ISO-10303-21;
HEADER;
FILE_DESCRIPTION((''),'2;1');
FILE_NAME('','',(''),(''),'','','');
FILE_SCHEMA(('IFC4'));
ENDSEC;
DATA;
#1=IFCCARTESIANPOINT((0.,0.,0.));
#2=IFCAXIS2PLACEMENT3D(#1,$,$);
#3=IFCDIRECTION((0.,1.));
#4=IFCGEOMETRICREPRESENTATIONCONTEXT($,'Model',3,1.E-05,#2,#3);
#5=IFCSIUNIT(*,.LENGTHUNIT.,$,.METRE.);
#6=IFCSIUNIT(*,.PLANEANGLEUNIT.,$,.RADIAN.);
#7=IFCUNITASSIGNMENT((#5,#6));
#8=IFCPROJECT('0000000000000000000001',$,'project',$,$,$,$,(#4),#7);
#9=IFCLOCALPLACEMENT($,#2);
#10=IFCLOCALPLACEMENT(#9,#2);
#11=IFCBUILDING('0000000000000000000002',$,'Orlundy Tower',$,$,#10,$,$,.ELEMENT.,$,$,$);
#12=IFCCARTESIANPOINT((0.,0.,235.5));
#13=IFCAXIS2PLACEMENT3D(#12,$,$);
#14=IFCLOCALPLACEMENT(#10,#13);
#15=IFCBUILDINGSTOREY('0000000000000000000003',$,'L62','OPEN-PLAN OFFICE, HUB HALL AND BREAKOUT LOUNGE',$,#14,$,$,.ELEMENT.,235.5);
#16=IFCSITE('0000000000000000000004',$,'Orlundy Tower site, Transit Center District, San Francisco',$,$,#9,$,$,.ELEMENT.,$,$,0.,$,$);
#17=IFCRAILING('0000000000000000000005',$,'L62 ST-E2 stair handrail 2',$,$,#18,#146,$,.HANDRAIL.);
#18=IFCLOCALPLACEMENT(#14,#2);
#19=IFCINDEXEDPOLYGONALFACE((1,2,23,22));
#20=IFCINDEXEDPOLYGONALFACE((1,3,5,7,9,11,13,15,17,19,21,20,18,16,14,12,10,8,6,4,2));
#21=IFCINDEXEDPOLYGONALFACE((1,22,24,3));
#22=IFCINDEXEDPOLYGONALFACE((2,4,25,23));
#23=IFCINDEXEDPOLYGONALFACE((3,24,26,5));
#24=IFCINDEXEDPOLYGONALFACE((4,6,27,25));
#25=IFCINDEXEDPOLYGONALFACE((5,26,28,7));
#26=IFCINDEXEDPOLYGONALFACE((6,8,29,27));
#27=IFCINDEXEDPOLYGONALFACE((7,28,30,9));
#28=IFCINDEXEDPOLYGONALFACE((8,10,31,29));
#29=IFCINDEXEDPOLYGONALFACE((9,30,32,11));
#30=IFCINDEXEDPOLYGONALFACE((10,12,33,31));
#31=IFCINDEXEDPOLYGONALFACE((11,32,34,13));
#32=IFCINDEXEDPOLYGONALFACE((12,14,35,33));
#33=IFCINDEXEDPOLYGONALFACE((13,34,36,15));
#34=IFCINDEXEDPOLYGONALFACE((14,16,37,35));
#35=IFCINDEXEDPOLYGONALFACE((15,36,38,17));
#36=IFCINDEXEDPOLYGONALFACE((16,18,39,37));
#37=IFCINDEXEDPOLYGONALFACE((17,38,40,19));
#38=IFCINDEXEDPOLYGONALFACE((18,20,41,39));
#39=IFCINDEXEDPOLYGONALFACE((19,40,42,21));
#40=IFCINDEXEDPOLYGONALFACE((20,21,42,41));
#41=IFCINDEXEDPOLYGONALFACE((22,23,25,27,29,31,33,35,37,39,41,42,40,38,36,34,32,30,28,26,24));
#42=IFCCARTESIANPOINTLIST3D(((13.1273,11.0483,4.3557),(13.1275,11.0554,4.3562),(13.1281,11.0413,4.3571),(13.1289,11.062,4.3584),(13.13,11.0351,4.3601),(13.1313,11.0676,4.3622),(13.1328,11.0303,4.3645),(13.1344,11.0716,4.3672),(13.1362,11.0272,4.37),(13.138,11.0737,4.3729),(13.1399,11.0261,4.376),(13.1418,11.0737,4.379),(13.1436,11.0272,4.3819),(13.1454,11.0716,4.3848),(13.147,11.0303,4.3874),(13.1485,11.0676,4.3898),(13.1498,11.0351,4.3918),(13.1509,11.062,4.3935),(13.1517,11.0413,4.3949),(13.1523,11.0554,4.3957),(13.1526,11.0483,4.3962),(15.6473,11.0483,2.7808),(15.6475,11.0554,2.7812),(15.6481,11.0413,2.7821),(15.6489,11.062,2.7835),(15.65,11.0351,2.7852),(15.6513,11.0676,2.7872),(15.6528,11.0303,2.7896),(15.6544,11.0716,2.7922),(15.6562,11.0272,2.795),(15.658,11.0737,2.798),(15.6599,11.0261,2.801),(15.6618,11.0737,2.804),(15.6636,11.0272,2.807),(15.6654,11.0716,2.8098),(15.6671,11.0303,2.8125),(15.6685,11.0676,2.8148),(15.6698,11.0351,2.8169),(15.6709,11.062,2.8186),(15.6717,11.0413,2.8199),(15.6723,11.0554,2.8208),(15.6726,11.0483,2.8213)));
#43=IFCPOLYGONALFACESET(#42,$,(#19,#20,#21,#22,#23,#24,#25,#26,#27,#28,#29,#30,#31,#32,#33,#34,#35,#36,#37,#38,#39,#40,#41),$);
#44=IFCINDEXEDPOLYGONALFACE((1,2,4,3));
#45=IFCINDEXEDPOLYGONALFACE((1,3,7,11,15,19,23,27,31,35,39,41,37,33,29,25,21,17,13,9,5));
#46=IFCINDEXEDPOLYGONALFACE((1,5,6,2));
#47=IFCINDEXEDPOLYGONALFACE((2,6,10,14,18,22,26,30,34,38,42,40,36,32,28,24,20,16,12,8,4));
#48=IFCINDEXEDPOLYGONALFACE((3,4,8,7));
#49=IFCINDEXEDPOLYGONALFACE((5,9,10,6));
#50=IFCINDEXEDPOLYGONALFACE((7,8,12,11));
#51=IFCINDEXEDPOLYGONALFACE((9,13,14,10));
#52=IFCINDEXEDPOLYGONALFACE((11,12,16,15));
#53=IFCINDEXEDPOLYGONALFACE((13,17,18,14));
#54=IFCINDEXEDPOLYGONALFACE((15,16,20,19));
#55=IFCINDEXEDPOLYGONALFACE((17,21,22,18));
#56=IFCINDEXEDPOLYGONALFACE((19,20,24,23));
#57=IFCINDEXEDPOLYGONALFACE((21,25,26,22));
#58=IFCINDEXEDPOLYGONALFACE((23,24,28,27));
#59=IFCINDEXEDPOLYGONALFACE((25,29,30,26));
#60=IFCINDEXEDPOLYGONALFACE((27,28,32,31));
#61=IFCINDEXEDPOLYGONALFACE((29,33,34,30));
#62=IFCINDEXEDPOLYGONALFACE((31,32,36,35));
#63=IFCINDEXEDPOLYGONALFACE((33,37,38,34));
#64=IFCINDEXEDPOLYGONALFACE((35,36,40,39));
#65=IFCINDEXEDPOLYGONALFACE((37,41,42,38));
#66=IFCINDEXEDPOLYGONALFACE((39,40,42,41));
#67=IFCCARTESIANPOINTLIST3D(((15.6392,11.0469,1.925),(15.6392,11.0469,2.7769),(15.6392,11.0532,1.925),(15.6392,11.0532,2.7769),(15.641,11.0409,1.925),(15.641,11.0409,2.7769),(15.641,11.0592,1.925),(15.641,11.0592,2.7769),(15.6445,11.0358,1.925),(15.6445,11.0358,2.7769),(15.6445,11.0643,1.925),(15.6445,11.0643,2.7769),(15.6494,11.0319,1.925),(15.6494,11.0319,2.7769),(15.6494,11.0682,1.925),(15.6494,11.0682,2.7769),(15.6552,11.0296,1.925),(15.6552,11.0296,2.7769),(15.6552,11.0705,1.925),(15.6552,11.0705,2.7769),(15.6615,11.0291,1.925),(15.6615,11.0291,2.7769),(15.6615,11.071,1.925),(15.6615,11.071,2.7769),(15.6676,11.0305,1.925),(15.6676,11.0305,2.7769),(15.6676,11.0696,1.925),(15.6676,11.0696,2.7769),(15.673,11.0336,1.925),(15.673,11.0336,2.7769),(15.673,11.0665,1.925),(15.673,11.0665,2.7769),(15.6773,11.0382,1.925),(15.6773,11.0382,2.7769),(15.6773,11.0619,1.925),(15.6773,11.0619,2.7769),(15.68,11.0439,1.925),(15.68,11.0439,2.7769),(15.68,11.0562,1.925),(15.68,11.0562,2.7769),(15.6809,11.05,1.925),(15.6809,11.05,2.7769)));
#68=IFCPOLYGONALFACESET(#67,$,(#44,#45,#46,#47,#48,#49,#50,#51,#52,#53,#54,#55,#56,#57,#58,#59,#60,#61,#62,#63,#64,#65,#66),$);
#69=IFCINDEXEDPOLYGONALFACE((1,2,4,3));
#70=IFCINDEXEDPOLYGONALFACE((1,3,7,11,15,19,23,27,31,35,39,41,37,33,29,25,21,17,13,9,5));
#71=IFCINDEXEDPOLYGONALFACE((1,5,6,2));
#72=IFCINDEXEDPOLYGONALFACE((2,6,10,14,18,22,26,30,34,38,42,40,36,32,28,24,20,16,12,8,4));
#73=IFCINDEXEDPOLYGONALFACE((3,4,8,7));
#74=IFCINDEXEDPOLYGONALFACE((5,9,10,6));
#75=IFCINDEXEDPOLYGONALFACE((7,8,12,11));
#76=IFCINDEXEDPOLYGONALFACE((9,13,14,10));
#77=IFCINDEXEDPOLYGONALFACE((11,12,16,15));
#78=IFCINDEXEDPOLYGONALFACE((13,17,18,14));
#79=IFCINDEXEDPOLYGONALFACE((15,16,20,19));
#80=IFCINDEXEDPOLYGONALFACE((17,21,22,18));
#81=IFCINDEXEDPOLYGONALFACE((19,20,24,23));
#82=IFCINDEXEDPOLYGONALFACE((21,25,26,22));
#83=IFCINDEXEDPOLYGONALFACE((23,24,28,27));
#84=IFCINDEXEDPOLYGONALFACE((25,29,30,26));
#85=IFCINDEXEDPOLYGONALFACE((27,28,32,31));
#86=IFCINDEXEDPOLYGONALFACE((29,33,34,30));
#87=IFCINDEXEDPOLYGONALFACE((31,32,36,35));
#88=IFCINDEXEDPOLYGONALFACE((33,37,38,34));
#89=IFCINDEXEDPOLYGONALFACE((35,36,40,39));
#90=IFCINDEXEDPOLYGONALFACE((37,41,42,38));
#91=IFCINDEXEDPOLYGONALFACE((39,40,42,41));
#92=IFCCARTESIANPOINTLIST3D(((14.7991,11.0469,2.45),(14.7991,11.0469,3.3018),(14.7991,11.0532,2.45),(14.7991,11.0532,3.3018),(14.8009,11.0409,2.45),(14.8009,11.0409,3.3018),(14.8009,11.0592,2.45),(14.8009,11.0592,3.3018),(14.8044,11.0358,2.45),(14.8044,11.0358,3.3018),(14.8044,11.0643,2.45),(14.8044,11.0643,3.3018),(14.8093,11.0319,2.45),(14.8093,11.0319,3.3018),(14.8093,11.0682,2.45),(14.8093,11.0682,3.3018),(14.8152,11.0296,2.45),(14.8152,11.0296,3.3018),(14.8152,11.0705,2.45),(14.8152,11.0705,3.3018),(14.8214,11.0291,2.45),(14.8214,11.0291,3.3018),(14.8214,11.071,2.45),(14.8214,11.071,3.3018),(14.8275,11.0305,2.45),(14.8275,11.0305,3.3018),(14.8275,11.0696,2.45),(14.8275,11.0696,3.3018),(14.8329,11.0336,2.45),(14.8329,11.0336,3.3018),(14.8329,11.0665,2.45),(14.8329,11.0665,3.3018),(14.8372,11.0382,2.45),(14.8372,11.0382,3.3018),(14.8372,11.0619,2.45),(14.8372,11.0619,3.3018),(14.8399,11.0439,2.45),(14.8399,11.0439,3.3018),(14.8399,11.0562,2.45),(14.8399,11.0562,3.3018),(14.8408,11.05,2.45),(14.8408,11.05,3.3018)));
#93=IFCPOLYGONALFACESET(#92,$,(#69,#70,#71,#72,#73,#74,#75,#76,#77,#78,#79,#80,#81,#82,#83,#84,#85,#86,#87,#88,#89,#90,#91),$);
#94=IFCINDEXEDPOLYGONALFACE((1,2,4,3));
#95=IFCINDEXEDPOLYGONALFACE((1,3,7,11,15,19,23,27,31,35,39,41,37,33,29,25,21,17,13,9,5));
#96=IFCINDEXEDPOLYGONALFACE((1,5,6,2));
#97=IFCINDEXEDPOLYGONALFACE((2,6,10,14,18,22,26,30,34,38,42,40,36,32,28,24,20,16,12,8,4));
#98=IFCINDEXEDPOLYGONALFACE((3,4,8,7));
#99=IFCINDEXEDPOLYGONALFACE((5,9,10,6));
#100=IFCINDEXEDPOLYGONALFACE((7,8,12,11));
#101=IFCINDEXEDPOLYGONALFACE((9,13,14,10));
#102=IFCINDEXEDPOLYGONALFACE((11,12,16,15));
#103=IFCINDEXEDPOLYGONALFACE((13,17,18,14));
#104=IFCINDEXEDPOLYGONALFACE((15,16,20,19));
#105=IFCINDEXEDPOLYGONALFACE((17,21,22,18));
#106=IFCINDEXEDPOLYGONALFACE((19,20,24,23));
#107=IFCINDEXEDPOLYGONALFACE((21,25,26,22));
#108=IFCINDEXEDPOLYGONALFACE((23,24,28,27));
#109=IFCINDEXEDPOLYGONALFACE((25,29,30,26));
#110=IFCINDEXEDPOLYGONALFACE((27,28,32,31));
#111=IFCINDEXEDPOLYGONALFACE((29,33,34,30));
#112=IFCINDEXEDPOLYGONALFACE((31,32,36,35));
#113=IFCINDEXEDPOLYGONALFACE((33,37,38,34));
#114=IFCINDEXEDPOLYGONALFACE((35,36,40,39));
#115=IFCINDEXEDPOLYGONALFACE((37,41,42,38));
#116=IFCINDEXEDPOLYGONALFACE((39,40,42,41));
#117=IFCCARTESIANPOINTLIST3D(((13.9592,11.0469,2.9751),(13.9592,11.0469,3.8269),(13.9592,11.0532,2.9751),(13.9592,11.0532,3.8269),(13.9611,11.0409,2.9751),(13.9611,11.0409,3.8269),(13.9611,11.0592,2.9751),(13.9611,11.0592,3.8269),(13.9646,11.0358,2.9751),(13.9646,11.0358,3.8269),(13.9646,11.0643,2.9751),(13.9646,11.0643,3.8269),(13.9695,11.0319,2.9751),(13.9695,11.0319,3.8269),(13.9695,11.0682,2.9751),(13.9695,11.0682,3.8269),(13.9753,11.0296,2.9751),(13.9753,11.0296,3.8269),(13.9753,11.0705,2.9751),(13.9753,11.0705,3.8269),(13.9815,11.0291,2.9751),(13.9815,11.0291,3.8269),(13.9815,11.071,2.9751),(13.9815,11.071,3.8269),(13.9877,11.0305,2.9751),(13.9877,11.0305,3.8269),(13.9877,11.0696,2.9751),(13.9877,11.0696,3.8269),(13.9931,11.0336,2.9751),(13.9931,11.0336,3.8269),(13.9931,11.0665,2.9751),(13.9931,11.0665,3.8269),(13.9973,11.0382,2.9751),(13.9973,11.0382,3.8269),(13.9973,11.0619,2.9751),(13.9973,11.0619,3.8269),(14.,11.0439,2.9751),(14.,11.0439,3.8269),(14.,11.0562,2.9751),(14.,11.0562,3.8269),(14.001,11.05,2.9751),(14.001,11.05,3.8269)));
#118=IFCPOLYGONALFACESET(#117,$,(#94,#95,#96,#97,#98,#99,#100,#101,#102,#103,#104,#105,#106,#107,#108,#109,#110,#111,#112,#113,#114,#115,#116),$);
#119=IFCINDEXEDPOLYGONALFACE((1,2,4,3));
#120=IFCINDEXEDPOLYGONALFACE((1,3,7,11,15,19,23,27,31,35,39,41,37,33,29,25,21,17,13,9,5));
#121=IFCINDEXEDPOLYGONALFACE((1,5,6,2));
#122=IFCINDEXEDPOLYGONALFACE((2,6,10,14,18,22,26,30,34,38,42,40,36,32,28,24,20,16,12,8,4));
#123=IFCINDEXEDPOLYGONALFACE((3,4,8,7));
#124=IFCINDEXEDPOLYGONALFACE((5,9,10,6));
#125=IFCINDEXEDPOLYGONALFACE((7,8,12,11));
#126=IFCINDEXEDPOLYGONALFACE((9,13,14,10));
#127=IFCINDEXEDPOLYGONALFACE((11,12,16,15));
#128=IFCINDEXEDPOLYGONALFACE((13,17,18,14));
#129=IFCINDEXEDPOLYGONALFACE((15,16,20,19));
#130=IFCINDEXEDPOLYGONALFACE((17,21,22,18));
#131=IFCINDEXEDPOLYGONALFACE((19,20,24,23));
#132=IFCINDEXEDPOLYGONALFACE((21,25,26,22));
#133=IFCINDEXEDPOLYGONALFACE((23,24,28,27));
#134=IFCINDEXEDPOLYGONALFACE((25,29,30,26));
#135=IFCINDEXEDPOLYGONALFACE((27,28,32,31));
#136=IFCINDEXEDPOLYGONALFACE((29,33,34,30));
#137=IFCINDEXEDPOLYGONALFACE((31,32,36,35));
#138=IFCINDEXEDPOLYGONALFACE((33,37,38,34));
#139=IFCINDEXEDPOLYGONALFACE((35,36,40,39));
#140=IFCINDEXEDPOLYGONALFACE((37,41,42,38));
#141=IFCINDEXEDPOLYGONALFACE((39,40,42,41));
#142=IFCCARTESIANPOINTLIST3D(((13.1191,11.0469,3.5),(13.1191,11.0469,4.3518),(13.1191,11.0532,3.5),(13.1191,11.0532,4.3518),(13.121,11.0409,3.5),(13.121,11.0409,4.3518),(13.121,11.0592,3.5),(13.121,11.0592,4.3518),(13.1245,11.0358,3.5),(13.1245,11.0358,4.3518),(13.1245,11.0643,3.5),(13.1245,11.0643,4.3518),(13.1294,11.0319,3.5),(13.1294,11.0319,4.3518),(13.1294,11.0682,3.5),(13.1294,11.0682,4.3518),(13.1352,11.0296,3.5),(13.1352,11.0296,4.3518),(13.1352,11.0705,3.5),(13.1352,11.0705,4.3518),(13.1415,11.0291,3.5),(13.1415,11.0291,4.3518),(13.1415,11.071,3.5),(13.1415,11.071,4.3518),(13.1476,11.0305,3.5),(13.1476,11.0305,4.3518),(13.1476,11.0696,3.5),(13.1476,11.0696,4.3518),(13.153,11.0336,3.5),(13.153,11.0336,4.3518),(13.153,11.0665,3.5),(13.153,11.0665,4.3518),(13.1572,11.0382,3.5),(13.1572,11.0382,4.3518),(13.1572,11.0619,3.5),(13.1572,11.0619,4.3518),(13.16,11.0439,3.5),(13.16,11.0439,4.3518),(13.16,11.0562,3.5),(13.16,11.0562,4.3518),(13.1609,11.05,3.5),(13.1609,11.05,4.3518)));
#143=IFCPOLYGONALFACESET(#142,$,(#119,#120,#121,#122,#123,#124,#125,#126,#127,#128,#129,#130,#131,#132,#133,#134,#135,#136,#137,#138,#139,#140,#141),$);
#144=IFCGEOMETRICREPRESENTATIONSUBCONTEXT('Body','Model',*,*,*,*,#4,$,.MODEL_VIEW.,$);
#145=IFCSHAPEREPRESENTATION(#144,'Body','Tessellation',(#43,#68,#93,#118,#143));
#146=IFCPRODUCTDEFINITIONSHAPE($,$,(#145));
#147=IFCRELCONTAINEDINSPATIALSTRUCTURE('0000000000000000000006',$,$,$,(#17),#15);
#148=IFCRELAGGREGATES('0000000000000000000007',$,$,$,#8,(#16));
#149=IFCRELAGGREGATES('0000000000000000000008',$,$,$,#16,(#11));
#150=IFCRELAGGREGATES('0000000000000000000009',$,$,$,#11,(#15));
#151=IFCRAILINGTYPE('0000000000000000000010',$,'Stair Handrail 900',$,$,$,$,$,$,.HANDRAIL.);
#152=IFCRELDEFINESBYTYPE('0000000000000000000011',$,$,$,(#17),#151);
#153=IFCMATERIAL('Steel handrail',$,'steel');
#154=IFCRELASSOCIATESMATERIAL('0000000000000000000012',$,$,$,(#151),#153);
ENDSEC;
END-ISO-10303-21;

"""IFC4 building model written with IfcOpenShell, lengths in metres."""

from ifc_helpers import new_model, si_unit, direction, frame, origin, origin_2d, place, context, subcontext, project, spatial, circle, extrude, material, type_object, element, save


model = new_model("IFC4")

# Units and contexts
model_context = context("Model", 3, precision=1e-05, world=origin(), true_north=direction((0.0, 1.0)))
body_context = subcontext(model_context, "Body", "Model", "MODEL_VIEW")
ifc_project = project(units=[si_unit("LENGTHUNIT", "METRE"), si_unit("PLANEANGLEUNIT", "RADIAN")], contexts=[model_context])

# Site, building, storey
site_placement = place(None, origin())
site = spatial("IfcSite", under=ifc_project, at=site_placement, Name="Orlundy Tower site, Transit Center District, San Francisco", CompositionType="ELEMENT", RefElevation=0.0)
building_placement = place(site_placement, origin())
building = spatial("IfcBuilding", under=site, at=building_placement, Name="Orlundy Tower", CompositionType="ELEMENT")
storey_placement = place(building_placement, frame((0.0, 0.0, 235.5)))
storey = spatial("IfcBuildingStorey", under=building, at=storey_placement, Name="L62", Description="OPEN-PLAN OFFICE, HUB HALL AND BREAKOUT LOUNGE", CompositionType="ELEMENT", Elevation=235.5)

# Railing
ifc_material_1 = material(Name="Steel handrail", Category="steel")
railing_type_1 = type_object("IfcRailingType", Name="Stair Handrail 900", PredefinedType="HANDRAIL", material=ifc_material_1)
railing_1_placement = place(storey_placement, frame((15.6599, 11.05, 1.925)))
element("IfcRailing", 1, at=railing_1_placement, inside=storey, type_object=railing_type_1, Name="L62 ST-E2 stair handrail 2", PredefinedType="HANDRAIL", context=body_context, shape_type="SweptSolid", body=[
    extrude(circle(Radius=0.0239, at=origin_2d()), frame((0.0, 0.0, 0.876), z_axis=(-0.848008, 0.0, 0.529984), x_axis=(0.0, -1.0, 0.0)), (0.0, 0.0, 1.0), 2.9717),
    extrude(circle(Radius=0.021, at=origin_2d()), origin(), (0.0, 0.0, 1.0), 0.8518),
    extrude(circle(Radius=0.021, at=origin_2d()), frame((-0.8401, 0.0, 0.5249)), (0.0, 0.0, 1.0), 0.8518),
    extrude(circle(Radius=0.021, at=origin_2d()), frame((-1.6799, 0.0, 1.05)), (0.0, 0.0, 1.0), 0.8518),
    extrude(circle(Radius=0.021, at=origin_2d()), frame((-2.52, 0.0, 1.575)), (0.0, 0.0, 1.0), 0.8518),
])

save(model, "model.ifc")
